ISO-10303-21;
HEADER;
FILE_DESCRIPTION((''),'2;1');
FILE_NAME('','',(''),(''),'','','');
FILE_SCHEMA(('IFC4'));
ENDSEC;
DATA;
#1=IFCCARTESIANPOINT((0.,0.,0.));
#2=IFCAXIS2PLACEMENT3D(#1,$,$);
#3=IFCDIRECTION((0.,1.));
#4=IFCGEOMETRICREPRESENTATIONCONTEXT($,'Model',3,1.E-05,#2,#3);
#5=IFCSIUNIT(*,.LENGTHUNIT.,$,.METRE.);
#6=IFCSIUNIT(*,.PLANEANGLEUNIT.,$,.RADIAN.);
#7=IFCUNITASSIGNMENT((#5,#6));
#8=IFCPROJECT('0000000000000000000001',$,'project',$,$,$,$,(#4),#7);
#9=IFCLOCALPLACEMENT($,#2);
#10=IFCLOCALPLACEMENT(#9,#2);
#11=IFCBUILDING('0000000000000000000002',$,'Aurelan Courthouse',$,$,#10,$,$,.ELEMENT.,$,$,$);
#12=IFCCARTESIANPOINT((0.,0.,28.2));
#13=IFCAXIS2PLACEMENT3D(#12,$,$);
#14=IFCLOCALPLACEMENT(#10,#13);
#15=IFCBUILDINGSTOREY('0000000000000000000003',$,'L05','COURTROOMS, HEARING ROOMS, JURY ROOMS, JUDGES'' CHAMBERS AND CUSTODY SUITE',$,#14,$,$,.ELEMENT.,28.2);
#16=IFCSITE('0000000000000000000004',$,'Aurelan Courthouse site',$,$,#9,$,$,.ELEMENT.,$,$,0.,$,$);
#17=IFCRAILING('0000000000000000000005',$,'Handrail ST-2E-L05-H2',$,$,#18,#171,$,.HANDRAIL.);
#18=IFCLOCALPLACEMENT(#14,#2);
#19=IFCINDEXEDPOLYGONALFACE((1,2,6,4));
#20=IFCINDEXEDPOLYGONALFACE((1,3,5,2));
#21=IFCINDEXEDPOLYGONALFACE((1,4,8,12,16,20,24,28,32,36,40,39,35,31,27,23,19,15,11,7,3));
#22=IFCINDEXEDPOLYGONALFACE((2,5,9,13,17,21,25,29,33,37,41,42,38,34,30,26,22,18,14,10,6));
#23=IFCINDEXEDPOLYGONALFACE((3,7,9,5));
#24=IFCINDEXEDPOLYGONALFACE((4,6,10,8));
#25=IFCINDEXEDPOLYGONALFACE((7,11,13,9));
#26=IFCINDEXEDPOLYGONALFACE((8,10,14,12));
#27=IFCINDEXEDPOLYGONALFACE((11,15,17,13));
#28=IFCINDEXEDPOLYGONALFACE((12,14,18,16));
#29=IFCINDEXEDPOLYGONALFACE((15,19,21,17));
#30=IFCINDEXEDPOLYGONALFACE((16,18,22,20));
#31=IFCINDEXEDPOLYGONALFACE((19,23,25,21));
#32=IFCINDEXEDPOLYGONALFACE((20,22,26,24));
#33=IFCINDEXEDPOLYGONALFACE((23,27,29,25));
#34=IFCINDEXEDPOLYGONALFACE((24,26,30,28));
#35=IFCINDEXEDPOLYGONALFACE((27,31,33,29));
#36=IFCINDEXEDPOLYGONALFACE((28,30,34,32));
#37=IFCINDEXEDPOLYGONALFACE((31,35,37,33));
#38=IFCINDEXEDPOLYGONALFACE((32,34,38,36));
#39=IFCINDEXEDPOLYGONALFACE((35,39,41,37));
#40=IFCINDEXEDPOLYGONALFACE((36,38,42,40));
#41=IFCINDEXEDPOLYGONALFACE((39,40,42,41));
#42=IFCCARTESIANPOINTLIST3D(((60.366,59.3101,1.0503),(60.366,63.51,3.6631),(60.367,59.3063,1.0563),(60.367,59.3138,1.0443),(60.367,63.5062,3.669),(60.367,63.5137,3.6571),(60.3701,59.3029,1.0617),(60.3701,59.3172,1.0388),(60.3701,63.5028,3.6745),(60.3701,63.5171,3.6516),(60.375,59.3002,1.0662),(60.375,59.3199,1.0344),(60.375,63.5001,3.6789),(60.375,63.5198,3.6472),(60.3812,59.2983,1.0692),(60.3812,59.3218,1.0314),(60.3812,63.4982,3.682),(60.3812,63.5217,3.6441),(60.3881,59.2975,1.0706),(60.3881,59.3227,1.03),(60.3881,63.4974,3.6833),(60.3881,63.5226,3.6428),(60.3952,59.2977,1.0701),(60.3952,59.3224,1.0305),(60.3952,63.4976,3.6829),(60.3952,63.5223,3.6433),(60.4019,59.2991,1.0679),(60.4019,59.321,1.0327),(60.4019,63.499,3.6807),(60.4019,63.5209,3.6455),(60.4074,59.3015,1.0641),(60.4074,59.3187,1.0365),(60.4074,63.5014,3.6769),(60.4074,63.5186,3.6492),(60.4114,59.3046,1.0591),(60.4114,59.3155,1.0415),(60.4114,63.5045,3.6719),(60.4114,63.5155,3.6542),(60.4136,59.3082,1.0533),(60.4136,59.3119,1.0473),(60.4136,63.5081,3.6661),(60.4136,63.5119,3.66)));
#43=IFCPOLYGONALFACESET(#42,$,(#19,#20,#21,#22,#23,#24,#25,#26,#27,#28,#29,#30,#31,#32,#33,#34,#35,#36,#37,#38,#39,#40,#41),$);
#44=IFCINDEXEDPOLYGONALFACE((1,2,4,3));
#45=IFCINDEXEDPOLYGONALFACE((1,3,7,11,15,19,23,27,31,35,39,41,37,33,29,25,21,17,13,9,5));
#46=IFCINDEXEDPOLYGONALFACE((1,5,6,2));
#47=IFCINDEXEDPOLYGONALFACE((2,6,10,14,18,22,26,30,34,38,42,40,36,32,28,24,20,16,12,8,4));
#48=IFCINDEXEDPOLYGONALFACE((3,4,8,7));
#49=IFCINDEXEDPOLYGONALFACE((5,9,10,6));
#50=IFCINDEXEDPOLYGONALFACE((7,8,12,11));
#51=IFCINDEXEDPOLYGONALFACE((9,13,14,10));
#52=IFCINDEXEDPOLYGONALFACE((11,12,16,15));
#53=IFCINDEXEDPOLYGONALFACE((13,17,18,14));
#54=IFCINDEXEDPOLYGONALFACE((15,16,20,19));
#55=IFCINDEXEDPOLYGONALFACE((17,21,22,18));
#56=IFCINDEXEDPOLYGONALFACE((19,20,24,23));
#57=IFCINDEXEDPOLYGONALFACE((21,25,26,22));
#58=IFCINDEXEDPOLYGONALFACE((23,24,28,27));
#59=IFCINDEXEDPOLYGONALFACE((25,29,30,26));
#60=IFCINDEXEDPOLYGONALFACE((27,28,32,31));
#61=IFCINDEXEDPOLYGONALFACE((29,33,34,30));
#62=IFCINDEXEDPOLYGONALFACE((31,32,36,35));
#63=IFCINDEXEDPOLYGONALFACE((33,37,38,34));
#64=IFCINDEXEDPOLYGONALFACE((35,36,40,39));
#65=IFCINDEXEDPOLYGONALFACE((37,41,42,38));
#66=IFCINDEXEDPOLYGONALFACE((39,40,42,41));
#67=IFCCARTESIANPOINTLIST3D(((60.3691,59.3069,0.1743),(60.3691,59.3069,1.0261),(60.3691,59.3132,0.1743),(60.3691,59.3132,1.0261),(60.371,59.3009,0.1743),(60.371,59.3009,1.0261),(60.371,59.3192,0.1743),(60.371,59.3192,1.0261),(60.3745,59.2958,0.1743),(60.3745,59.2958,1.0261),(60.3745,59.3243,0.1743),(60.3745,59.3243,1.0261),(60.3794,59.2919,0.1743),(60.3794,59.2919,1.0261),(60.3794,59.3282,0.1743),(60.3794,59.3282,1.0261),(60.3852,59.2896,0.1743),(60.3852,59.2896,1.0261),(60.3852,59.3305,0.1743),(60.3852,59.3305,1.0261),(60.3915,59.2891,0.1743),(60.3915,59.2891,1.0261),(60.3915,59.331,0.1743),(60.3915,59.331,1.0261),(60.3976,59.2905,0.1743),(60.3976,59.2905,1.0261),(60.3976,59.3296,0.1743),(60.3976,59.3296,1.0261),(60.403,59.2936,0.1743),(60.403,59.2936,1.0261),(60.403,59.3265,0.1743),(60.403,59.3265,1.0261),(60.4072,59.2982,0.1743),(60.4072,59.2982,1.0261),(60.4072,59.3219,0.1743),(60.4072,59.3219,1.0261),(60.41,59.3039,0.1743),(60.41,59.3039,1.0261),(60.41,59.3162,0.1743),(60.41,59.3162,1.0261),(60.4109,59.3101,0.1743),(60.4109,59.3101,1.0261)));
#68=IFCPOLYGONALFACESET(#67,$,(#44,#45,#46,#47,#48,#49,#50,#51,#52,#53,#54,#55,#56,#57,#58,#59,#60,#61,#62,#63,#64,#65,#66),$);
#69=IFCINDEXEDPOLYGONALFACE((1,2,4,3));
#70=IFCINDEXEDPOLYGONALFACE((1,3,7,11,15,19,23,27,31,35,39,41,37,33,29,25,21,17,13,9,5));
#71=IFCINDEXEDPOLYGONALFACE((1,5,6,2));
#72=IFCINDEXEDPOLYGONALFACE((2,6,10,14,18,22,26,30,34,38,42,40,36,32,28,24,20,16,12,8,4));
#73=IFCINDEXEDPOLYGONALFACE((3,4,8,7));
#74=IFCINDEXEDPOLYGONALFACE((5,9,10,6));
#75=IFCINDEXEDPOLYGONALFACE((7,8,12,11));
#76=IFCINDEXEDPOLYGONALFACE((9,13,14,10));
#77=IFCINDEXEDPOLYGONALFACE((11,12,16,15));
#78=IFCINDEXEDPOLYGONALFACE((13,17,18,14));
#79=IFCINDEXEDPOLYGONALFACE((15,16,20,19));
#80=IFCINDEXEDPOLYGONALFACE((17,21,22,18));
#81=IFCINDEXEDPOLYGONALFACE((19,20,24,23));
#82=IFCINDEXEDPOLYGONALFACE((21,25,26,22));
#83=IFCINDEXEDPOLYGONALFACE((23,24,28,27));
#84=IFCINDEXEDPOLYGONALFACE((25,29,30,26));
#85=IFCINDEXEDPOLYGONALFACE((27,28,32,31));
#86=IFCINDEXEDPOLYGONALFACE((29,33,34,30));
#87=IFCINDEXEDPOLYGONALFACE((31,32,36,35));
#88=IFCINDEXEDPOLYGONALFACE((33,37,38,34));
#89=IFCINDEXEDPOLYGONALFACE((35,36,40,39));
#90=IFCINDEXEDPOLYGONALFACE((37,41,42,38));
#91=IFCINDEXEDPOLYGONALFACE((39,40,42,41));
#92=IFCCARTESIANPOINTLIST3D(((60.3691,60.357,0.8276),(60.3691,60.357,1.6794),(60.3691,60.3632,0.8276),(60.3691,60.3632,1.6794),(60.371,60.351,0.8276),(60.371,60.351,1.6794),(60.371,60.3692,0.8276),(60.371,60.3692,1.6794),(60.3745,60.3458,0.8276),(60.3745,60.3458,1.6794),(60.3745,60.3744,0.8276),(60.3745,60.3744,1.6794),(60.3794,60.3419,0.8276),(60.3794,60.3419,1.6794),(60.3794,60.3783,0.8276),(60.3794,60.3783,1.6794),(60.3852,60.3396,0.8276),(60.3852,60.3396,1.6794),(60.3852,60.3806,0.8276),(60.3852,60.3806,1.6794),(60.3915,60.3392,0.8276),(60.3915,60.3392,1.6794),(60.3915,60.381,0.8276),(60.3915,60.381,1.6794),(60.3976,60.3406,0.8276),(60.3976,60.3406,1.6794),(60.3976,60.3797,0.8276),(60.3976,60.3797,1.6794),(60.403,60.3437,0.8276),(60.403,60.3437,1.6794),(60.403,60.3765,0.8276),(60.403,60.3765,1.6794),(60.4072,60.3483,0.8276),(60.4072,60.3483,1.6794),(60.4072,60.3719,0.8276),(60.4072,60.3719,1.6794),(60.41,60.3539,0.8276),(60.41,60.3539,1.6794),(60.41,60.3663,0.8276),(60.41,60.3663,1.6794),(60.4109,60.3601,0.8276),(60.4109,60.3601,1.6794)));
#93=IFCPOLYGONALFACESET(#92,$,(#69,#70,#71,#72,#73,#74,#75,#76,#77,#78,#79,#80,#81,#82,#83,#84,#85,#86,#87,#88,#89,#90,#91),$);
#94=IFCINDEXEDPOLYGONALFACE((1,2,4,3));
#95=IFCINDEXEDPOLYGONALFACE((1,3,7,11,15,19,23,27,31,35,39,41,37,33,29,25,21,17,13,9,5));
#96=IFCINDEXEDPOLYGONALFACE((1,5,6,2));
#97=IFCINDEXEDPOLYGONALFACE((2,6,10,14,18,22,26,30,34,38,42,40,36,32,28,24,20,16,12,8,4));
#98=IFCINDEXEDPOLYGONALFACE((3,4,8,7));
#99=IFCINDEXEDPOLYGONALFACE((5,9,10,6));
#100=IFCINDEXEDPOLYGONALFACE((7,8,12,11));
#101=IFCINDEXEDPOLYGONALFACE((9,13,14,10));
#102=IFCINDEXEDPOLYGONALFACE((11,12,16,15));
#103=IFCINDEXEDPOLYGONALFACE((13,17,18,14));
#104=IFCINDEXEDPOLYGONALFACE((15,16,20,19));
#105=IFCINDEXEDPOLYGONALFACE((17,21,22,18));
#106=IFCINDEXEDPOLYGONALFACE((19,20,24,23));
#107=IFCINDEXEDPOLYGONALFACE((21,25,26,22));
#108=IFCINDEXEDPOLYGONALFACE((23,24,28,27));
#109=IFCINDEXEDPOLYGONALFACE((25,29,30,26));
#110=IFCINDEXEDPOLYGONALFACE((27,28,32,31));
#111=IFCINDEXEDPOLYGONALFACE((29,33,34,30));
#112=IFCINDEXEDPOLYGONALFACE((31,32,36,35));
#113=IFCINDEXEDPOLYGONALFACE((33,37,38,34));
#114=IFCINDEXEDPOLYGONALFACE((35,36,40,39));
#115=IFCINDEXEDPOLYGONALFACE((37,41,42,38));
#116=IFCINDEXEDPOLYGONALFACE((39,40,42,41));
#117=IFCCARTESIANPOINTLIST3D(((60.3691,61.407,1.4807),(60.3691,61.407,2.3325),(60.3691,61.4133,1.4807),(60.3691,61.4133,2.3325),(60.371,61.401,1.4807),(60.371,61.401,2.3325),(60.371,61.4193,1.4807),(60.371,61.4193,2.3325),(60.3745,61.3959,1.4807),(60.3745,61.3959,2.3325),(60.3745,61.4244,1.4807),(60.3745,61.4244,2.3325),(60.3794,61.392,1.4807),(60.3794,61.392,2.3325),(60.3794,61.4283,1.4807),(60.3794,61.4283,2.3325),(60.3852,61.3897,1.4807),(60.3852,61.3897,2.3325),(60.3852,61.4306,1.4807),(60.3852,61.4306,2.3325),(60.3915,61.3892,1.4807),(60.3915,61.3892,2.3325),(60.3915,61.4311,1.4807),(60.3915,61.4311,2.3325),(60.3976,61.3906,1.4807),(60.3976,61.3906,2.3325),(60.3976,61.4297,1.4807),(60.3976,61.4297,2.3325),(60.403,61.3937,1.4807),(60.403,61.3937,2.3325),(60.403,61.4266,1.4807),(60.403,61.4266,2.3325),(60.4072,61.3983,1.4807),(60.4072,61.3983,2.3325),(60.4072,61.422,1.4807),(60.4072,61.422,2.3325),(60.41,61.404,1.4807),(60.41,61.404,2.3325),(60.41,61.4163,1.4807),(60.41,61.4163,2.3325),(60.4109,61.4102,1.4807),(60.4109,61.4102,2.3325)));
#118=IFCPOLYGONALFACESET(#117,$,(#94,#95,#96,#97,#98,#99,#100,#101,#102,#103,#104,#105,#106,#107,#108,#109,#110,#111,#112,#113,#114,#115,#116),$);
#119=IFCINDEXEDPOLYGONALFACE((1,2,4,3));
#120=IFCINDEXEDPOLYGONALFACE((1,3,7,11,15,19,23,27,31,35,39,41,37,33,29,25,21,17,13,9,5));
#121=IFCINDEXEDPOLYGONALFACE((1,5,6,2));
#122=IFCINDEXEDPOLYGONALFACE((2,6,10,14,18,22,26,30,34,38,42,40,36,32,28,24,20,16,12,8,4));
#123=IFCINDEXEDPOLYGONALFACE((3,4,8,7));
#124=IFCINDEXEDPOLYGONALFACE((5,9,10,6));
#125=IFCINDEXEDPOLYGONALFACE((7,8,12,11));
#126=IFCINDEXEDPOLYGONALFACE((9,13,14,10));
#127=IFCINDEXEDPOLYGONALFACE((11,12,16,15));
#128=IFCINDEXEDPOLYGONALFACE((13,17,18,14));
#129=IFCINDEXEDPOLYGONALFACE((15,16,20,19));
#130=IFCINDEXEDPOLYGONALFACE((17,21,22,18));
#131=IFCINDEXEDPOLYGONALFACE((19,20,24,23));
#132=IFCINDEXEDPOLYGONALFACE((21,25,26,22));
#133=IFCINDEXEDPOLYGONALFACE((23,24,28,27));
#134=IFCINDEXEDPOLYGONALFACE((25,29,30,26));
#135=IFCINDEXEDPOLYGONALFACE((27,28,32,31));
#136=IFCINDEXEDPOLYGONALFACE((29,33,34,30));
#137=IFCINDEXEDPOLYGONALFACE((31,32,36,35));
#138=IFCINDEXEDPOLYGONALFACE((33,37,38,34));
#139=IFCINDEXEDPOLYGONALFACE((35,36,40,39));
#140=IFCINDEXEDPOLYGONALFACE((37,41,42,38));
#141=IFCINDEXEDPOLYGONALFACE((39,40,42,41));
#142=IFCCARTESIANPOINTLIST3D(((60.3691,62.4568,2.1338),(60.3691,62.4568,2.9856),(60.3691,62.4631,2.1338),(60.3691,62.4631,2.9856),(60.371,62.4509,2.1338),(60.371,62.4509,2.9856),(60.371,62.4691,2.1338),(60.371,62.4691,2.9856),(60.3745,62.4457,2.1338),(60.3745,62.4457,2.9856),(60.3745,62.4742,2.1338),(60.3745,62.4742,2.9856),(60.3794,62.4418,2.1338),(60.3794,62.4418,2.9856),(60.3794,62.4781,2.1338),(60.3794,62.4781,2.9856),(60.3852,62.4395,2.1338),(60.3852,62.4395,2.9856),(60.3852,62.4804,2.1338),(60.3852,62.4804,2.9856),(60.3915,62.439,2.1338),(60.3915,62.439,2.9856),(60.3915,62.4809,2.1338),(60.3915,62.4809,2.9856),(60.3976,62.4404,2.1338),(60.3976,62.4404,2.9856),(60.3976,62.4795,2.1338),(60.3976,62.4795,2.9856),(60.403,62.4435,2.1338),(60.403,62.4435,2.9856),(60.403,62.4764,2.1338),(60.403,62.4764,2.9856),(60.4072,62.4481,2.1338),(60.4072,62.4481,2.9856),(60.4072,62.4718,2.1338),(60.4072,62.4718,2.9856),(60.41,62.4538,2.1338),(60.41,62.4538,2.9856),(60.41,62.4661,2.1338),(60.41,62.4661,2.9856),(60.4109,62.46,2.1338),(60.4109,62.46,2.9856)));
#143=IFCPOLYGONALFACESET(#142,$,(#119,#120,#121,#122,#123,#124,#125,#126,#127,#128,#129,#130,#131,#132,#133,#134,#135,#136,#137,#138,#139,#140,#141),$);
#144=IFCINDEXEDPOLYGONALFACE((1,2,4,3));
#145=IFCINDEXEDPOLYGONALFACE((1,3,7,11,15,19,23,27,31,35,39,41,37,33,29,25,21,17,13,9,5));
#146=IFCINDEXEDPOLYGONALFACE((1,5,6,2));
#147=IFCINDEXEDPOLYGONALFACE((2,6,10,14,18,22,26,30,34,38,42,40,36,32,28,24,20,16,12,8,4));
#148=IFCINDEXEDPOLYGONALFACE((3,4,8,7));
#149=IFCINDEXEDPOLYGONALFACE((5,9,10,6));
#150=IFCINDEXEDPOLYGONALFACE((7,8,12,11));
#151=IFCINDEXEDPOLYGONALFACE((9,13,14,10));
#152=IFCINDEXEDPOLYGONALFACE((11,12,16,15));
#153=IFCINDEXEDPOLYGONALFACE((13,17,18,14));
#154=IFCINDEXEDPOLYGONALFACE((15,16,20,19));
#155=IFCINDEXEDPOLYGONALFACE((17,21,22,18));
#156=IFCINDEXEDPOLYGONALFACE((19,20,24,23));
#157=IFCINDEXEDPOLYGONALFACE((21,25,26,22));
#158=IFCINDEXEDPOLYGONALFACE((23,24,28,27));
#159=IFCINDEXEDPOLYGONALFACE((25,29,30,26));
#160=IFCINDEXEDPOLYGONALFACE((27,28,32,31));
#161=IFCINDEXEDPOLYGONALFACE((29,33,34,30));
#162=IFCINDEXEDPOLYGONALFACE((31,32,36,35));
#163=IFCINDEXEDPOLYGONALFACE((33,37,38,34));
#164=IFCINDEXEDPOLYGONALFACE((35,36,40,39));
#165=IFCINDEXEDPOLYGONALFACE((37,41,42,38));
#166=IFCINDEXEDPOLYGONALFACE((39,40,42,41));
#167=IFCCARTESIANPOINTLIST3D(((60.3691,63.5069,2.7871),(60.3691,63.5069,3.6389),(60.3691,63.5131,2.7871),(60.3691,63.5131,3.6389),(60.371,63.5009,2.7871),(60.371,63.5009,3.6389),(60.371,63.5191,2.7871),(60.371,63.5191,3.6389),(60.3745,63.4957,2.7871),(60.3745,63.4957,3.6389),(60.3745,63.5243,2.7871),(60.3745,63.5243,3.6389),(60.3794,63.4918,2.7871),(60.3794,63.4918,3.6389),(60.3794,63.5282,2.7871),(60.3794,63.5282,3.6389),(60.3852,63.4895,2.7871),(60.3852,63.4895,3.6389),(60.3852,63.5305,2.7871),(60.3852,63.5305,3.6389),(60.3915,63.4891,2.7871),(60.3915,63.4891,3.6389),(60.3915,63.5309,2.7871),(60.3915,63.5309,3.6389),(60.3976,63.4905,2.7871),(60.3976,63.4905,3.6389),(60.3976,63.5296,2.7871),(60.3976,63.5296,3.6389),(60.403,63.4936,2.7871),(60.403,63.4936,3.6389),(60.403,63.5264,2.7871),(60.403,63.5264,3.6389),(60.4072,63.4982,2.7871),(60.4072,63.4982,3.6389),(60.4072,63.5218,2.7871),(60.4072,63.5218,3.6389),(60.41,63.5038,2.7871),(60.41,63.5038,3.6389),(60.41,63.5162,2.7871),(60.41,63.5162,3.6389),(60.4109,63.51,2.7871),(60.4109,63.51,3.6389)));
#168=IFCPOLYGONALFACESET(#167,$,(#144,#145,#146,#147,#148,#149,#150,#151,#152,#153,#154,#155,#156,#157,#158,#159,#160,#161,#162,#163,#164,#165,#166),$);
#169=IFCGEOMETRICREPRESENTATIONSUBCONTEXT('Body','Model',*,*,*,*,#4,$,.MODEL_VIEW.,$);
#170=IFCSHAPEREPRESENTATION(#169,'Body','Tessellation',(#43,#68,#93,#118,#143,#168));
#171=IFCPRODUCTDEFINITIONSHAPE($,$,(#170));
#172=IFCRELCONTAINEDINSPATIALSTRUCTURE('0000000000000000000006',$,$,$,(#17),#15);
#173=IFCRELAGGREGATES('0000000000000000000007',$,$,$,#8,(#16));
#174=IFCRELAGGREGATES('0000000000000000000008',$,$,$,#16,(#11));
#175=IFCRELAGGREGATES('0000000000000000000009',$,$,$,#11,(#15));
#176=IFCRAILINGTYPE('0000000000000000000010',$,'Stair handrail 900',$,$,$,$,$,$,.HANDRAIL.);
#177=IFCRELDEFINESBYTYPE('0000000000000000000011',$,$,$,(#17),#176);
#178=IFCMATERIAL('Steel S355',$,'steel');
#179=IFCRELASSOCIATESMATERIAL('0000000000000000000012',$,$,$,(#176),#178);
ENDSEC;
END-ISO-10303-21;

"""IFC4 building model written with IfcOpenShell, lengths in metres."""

from ifc_helpers import new_model, si_unit, direction, frame, origin, origin_2d, place, context, subcontext, project, spatial, circle, extrude, material, type_object, element, save


model = new_model("IFC4")

# Units and contexts
model_context = context("Model", 3, precision=1e-05, world=origin(), true_north=direction((0.0, 1.0)))
body_context = subcontext(model_context, "Body", "Model", "MODEL_VIEW")
ifc_project = project(units=[si_unit("LENGTHUNIT", "METRE"), si_unit("PLANEANGLEUNIT", "RADIAN")], contexts=[model_context])

# Site, building, storey
site_placement = place(None, origin())
site = spatial("IfcSite", under=ifc_project, at=site_placement, Name="Aurelan Courthouse site", CompositionType="ELEMENT", RefElevation=0.0)
building_placement = place(site_placement, origin())
building = spatial("IfcBuilding", under=site, at=building_placement, Name="Aurelan Courthouse", CompositionType="ELEMENT")
storey_placement = place(building_placement, frame((0.0, 0.0, 28.2)))
storey = spatial("IfcBuildingStorey", under=building, at=storey_placement, Name="L05", Description="COURTROOMS, HEARING ROOMS, JURY ROOMS, JUDGES' CHAMBERS AND CUSTODY SUITE", CompositionType="ELEMENT", Elevation=28.2)

# Railing
ifc_material_1 = material(Name="Steel S355", Category="steel")
railing_type = type_object("IfcRailingType", Name="Stair handrail 900", PredefinedType="HANDRAIL", material=ifc_material_1)
for number, where, name in (
    (1, (60.3899, 59.3101, 0.1743), "Handrail ST-2E-L05-H2"),
):
    element("IfcRailing", number, at=place(storey_placement, frame(where)), inside=storey, type_object=railing_type, Name=name, PredefinedType="HANDRAIL", context=body_context, shape_type="SweptSolid", body=[
        extrude(circle(Radius=0.0239, at=origin_2d()), frame((0.0, 0.0, 0.876), z_axis=(0.0, 0.849103, 0.528228), x_axis=(-1.0, 0.0, 0.0)), (0.0, 0.0, 1.0), 4.9463),
        extrude(circle(Radius=0.021, at=origin_2d()), origin(), (0.0, 0.0, 1.0), 0.8518),
        extrude(circle(Radius=0.021, at=origin_2d()), frame((0.0, 1.05, 0.6533)), (0.0, 0.0, 1.0), 0.8518),
        extrude(circle(Radius=0.021, at=origin_2d()), frame((0.0, 2.1001, 1.3064)), (0.0, 0.0, 1.0), 0.8518),
        extrude(circle(Radius=0.021, at=origin_2d()), frame((0.0, 3.1499, 1.9595)), (0.0, 0.0, 1.0), 0.8518),
        extrude(circle(Radius=0.021, at=origin_2d()), frame((0.0, 4.2, 2.6128)), (0.0, 0.0, 1.0), 0.8518),
    ])

save(model, "model.ifc")
